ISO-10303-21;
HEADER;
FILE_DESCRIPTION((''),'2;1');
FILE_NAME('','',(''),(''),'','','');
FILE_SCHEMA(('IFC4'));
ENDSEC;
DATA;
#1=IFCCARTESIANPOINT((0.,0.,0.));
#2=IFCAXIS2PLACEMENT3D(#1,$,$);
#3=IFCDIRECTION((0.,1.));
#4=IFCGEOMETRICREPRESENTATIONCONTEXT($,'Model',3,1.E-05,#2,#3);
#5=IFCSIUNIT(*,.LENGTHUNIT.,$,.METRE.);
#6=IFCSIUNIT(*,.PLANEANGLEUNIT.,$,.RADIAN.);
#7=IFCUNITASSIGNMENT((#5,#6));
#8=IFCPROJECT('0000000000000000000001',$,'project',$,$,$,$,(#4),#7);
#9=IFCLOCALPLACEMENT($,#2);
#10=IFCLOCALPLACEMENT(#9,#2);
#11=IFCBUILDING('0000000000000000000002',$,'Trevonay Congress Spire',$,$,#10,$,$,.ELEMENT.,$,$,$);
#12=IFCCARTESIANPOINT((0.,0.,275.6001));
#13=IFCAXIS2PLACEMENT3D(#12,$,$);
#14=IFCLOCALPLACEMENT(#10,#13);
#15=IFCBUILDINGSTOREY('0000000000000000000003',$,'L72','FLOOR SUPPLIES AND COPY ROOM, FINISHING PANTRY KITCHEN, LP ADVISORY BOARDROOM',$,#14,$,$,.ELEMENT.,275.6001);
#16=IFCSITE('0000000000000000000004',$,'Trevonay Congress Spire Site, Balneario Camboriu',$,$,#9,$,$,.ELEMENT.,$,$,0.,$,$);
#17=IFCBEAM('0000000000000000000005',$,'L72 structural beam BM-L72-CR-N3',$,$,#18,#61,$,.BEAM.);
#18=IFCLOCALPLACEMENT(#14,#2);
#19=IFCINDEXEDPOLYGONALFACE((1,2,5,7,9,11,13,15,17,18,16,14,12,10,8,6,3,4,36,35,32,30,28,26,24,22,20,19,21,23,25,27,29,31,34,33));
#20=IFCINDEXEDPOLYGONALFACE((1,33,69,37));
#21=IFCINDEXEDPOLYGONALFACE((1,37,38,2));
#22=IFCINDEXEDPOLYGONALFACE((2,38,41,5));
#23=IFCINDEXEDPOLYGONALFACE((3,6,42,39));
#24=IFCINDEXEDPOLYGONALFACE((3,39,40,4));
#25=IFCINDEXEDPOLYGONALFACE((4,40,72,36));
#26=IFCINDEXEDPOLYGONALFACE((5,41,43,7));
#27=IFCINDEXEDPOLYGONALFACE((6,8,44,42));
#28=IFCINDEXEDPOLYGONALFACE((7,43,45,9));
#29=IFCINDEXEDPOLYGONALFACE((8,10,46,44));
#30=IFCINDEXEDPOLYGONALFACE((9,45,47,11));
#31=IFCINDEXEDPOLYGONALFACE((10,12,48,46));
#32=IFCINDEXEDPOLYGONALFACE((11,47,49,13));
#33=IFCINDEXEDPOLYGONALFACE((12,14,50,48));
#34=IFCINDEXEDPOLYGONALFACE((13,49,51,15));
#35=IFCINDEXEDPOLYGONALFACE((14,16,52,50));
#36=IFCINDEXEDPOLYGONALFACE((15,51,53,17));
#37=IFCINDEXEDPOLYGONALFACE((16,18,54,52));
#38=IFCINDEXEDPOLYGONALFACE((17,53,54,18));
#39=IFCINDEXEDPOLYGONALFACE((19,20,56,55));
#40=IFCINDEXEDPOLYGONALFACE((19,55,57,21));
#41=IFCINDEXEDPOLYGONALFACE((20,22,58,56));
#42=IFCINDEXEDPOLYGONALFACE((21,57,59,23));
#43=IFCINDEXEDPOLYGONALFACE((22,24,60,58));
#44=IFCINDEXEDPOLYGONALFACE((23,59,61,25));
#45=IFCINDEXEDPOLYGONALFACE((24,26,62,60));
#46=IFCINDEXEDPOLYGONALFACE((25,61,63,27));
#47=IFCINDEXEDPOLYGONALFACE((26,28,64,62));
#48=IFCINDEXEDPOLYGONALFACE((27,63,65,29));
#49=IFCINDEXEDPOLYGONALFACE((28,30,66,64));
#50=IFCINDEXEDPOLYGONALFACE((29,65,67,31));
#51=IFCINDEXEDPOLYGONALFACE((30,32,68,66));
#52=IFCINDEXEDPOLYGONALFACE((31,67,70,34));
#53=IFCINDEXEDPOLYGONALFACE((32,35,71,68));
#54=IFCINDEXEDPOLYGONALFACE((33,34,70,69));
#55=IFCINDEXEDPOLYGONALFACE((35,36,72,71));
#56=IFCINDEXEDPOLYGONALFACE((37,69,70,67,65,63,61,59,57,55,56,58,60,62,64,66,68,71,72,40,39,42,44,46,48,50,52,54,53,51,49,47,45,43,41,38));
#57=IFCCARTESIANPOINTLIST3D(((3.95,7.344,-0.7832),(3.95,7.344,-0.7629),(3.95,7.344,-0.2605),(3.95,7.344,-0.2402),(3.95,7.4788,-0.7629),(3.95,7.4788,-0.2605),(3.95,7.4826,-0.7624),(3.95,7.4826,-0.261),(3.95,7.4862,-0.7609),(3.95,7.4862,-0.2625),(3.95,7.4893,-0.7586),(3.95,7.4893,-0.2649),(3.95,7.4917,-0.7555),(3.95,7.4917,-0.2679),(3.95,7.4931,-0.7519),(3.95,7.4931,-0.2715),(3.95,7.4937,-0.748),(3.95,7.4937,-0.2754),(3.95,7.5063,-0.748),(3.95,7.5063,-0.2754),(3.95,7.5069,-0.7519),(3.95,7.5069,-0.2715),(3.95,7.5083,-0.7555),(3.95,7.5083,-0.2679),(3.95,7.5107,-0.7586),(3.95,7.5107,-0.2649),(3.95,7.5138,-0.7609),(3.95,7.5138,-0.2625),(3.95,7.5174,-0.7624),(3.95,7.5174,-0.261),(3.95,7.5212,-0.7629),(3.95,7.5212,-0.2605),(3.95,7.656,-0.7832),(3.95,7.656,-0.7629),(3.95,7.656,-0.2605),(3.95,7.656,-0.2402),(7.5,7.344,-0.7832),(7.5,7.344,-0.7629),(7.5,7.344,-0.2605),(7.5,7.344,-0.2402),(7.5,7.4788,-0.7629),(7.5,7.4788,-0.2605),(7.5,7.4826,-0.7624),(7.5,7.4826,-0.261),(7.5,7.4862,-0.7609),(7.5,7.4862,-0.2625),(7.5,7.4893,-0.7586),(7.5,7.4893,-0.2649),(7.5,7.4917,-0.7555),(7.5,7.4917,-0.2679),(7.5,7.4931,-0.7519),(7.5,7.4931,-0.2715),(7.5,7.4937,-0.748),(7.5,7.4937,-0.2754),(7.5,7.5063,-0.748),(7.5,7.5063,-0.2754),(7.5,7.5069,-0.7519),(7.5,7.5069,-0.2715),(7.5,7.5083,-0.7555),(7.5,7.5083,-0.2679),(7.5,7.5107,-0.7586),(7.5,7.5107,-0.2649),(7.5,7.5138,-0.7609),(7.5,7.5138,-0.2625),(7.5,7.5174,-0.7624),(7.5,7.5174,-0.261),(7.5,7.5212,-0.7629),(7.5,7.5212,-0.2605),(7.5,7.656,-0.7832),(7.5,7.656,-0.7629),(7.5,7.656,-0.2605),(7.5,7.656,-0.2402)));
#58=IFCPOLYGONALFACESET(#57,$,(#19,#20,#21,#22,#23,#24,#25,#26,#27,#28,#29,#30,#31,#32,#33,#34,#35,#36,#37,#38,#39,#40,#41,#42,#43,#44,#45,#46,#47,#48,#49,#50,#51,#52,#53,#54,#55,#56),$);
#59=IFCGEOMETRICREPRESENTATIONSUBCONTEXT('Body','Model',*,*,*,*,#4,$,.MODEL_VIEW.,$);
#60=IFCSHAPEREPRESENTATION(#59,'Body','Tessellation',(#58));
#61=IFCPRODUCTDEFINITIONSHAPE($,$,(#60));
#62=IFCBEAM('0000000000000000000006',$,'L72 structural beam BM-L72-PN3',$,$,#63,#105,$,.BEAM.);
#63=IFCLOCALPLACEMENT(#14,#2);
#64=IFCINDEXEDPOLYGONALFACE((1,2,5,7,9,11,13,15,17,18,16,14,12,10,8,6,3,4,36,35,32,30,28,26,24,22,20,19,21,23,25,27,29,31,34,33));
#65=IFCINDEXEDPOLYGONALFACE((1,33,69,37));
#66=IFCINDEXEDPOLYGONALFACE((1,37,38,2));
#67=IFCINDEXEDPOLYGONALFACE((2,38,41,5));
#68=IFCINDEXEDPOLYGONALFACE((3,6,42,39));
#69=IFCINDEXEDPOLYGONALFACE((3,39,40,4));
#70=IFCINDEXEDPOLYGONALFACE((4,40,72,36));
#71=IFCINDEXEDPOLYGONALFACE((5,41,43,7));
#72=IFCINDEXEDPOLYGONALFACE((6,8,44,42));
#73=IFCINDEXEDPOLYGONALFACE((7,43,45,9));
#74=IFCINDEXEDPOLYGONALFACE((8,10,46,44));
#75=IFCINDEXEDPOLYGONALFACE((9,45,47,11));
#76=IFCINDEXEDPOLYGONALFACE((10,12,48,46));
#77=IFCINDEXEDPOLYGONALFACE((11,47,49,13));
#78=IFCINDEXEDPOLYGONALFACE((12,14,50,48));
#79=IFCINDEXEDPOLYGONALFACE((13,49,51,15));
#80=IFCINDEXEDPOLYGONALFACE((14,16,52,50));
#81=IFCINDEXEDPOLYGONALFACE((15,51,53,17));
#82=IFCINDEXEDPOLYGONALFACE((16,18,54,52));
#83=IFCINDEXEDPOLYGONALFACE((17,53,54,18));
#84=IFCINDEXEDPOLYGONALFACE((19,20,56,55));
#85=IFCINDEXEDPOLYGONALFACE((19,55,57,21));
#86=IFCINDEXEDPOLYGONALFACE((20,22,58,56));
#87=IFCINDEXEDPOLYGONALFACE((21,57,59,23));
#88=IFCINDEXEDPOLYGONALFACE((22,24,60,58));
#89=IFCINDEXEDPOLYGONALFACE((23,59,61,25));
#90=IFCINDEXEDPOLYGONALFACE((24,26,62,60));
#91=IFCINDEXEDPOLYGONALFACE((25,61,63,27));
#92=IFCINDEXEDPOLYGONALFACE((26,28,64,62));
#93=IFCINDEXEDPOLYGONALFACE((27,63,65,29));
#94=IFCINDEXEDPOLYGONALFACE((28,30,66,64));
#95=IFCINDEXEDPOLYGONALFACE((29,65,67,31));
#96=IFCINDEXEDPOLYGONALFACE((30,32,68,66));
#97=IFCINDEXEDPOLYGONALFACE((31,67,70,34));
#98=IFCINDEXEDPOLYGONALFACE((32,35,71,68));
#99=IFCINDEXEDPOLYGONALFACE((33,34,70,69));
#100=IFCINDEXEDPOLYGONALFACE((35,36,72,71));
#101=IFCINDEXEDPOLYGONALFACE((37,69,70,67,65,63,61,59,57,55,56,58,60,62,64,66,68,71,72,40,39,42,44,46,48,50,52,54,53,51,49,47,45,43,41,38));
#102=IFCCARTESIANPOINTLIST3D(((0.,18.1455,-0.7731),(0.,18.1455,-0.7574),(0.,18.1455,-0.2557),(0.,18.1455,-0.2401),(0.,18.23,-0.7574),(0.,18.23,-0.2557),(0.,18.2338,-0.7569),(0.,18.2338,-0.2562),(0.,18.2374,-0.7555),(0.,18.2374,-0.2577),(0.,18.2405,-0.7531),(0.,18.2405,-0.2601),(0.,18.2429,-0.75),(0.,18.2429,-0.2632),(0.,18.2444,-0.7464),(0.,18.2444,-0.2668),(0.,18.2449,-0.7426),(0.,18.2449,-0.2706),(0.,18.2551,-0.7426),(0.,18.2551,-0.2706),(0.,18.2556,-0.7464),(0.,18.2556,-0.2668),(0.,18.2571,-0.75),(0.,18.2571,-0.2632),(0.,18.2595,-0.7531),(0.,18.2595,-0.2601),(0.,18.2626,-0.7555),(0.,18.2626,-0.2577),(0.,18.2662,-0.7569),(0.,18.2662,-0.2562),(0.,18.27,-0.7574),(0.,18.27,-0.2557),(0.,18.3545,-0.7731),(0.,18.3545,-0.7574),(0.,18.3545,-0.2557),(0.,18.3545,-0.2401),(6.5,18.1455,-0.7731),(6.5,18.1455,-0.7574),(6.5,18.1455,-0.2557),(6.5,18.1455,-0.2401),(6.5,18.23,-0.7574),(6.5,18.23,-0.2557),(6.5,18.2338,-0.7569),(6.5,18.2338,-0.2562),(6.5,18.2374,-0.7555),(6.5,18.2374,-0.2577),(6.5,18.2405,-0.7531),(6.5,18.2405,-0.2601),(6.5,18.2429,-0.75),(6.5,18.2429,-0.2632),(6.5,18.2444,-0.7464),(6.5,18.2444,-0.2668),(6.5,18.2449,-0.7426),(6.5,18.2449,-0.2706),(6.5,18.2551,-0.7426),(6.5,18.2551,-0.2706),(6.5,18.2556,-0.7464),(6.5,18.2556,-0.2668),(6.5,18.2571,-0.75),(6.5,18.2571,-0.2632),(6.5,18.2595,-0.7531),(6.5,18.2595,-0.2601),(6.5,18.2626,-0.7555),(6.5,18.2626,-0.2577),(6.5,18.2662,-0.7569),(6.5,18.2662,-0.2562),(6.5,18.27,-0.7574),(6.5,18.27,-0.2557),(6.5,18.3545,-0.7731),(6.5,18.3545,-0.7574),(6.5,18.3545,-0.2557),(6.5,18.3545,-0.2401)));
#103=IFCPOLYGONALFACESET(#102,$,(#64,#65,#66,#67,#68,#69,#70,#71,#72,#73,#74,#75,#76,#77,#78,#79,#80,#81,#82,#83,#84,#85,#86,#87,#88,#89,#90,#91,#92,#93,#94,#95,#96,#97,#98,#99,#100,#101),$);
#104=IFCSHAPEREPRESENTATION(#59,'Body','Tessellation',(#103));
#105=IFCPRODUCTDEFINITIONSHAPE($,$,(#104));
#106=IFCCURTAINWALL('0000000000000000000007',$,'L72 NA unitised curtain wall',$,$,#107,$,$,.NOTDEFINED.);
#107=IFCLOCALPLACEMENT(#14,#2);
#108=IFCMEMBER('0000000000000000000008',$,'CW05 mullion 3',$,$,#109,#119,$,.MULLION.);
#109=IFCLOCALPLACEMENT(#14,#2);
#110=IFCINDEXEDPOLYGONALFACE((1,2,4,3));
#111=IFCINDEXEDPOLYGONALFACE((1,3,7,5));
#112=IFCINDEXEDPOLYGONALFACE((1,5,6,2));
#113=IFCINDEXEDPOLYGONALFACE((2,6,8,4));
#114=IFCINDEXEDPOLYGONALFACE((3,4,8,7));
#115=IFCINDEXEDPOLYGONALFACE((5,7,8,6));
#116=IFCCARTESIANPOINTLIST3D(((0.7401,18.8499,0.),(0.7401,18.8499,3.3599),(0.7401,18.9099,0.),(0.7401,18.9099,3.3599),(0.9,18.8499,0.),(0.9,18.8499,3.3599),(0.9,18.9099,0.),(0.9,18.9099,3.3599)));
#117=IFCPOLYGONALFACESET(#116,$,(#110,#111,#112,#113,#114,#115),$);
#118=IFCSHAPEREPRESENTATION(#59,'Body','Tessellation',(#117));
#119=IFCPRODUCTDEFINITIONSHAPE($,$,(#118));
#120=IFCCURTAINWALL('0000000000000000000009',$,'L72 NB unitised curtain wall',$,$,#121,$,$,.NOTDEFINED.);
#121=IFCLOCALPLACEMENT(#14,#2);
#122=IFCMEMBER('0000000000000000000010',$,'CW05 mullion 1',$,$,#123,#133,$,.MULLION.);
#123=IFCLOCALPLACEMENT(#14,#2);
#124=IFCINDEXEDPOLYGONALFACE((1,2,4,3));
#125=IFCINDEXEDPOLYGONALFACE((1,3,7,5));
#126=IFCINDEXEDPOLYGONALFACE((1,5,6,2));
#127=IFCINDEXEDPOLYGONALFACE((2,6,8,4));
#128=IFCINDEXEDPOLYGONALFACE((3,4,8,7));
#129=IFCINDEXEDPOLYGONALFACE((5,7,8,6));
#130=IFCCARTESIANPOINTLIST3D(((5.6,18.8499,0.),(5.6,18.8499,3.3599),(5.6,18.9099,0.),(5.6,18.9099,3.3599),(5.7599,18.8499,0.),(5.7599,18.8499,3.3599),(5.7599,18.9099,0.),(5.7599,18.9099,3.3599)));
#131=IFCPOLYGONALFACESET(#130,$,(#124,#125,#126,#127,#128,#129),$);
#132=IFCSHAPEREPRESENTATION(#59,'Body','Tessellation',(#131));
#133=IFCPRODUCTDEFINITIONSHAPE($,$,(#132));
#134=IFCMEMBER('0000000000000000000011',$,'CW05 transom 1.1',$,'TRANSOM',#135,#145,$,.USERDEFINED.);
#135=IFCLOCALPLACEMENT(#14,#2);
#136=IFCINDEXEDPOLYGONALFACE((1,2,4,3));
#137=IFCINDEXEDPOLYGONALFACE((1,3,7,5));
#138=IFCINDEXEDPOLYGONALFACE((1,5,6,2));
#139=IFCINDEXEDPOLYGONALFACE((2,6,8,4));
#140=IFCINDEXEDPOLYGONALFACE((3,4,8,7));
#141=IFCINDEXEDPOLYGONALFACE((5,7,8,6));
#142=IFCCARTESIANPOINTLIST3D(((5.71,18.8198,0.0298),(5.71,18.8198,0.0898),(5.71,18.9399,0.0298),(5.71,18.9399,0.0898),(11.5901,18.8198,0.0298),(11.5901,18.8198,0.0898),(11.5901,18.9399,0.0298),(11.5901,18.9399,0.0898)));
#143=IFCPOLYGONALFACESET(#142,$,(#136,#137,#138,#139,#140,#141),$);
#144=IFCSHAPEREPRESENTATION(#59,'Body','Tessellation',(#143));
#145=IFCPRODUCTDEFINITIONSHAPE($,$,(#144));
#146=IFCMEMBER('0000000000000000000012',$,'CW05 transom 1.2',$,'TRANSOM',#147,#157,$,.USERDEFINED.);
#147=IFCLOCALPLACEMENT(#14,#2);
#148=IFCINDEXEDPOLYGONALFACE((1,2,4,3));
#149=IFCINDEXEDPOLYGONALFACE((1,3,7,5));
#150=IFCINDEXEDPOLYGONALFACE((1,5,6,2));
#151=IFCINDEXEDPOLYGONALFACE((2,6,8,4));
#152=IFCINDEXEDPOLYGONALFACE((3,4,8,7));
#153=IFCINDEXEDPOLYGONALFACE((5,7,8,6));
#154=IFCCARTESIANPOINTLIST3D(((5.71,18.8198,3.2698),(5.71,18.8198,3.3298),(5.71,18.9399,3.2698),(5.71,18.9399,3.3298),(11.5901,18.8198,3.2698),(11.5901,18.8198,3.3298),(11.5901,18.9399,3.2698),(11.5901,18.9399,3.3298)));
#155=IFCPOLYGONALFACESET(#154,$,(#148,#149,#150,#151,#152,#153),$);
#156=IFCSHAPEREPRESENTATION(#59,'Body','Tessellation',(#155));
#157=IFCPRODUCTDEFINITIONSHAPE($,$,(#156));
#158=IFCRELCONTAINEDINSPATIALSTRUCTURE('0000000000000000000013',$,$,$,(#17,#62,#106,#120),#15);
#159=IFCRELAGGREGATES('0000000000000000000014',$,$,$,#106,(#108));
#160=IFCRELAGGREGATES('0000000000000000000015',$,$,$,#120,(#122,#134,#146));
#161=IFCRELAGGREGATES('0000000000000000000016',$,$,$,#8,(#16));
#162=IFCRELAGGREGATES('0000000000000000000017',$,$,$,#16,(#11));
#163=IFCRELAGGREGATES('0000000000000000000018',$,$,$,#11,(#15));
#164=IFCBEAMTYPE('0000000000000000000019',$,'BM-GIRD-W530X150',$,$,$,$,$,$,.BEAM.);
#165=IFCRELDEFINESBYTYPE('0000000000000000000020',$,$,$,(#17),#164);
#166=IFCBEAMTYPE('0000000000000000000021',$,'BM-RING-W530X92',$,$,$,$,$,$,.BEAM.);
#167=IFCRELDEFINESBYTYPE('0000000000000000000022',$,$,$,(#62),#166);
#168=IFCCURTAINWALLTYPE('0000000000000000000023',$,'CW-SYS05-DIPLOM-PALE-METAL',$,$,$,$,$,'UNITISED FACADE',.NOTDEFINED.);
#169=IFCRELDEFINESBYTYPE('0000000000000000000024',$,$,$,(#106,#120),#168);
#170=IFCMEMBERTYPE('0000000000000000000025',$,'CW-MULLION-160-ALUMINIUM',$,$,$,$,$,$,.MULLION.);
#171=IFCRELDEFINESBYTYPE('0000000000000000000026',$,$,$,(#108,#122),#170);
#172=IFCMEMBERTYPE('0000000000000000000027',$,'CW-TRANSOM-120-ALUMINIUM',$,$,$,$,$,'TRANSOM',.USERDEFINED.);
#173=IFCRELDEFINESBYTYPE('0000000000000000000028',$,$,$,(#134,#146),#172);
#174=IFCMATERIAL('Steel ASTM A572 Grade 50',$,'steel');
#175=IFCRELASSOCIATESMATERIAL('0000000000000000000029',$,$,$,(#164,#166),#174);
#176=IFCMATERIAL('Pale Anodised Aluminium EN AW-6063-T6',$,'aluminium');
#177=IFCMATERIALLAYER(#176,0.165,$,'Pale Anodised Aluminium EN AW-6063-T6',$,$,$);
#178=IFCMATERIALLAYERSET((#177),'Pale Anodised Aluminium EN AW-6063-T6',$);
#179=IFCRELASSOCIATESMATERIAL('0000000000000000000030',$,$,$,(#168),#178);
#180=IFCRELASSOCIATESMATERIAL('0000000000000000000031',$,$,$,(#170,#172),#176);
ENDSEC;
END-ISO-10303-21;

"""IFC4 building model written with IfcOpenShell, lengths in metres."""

from ifc_helpers import new_model, si_unit, direction, frame, origin, origin_2d, place, context, subcontext, project, spatial, rectangle, i_section, extrude, material, layer, layer_set, material_profile, profile_set, type_object, element, aggregate, save


model = new_model("IFC4")

# Units and contexts
model_context = context("Model", 3, precision=1e-05, world=origin(), true_north=direction((0.0, 1.0)))
body_context = subcontext(model_context, "Body", "Model", "MODEL_VIEW")
ifc_project = project(units=[si_unit("LENGTHUNIT", "METRE"), si_unit("PLANEANGLEUNIT", "RADIAN")], contexts=[model_context])

# Site, building, storey
site_placement = place(None, origin())
site = spatial("IfcSite", under=ifc_project, at=site_placement, Name="Trevonay Congress Spire Site, Balneario Camboriu", CompositionType="ELEMENT", RefElevation=0.0)
building_placement = place(site_placement, origin())
building = spatial("IfcBuilding", under=site, at=building_placement, Name="Trevonay Congress Spire", CompositionType="ELEMENT")
storey_placement = place(building_placement, frame((0.0, 0.0, 275.6001)))
storey = spatial("IfcBuildingStorey", under=building, at=storey_placement, Name="L72", Description="FLOOR SUPPLIES AND COPY ROOM, FINISHING PANTRY KITCHEN, LP ADVISORY BOARDROOM", CompositionType="ELEMENT", Elevation=275.6001)

# Shared definitions
ifc_material_1 = material(Name="Steel ASTM A572 Grade 50", Category="steel")

# Beams
ifc_material_profile_1 = material_profile(ifc_material_1, i_section(OverallWidth=0.312, OverallDepth=0.543, WebThickness=0.0127, FlangeThickness=0.0203, FilletRadius=0.0149, at=origin_2d()), Name="W530x150")
ifc_profile_set_1 = profile_set([ifc_material_profile_1], Name="Steel ASTM A572 Grade 50")
beam_type_1 = type_object("IfcBeamType", Name="BM-GIRD-W530X150", PredefinedType="BEAM", material=ifc_profile_set_1)
beam_1_placement = place(storey_placement, frame((3.95, 7.5, -0.5117), z_axis=(1.0, 0.0, 0.0), x_axis=(0.0, 1.0, 0.0)))
element("IfcBeam", 1, at=beam_1_placement, inside=storey, type_object=beam_type_1, Name="L72 structural beam BM-L72-CR-N3", PredefinedType="BEAM", context=body_context, shape_type="SweptSolid", body=[
    extrude(i_section(OverallWidth=0.312, OverallDepth=0.543, WebThickness=0.0127, FlangeThickness=0.0203, FilletRadius=0.0149, at=origin_2d()), origin(), (0.0, 0.0, 1.0), 3.55),
])
ifc_material_profile_2 = material_profile(ifc_material_1, i_section(OverallWidth=0.209, OverallDepth=0.533, WebThickness=0.0103, FlangeThickness=0.0156, FilletRadius=0.0149, at=origin_2d()), Name="W530x92")
ifc_profile_set_2 = profile_set([ifc_material_profile_2], Name="Steel ASTM A572 Grade 50")
beam_type_2 = type_object("IfcBeamType", Name="BM-RING-W530X92", PredefinedType="BEAM", material=ifc_profile_set_2)
beam_2_placement = place(storey_placement, frame((0.0, 18.25, -0.5066), z_axis=(1.0, 0.0, 0.0), x_axis=(0.0, 1.0, 0.0)))
element("IfcBeam", 2, at=beam_2_placement, inside=storey, type_object=beam_type_2, Name="L72 structural beam BM-L72-PN3", PredefinedType="BEAM", context=body_context, shape_type="SweptSolid", body=[
    extrude(i_section(OverallWidth=0.209, OverallDepth=0.533, WebThickness=0.0103, FlangeThickness=0.0156, FilletRadius=0.0149, at=origin_2d()), origin(), (0.0, 0.0, 1.0), 6.5),
])

# Curtain wall, member
ifc_material_2 = material(Name="Pale Anodised Aluminium EN AW-6063-T6", Category="aluminium")
ifc_layer_1 = layer(ifc_material_2, 0.165, Name="Pale Anodised Aluminium EN AW-6063-T6")
ifc_layer_set_1 = layer_set([ifc_layer_1], Name="Pale Anodised Aluminium EN AW-6063-T6")
curtain_wall_type = type_object("IfcCurtainWallType", Name="CW-SYS05-DIPLOM-PALE-METAL", ElementType="UNITISED FACADE", PredefinedType="NOTDEFINED", material=ifc_layer_set_1)
curtain_wall_1_placement = place(storey_placement, origin())
curtain_wall_1 = element("IfcCurtainWall", 3, at=curtain_wall_1_placement, inside=storey, type_object=curtain_wall_type, Name="L72 NA unitised curtain wall", PredefinedType="NOTDEFINED")
ifc_material_profile_3 = material_profile(ifc_material_2, rectangle(XDim=0.0601, YDim=0.1599, at=origin_2d()), Name="CW-MULLION-160-ALUMINIUM")
ifc_profile_set_3 = profile_set([ifc_material_profile_3], Name="Pale Anodised Aluminium EN AW-6063-T6")
member_type_1 = type_object("IfcMemberType", Name="CW-MULLION-160-ALUMINIUM", PredefinedType="MULLION", material=ifc_profile_set_3)
member_1_placement = place(storey_placement, frame((0.8201, 18.8799, 0.0), z_axis=(0.0, 0.0, 1.0), x_axis=(0.0, 1.0, 0.0)))
member_1 = element("IfcMember", 4, at=member_1_placement, type_object=member_type_1, Name="CW05 mullion 3", PredefinedType="MULLION", context=body_context, shape_type="SweptSolid", body=[
    extrude(rectangle(XDim=0.0601, YDim=0.1599, at=origin_2d()), origin(), (0.0, 0.0, 1.0), 3.3599),
])
aggregate(curtain_wall_1, [member_1])

# Curtain wall, members
curtain_wall_2_placement = place(storey_placement, origin())
curtain_wall_2 = element("IfcCurtainWall", 5, at=curtain_wall_2_placement, inside=storey, type_object=curtain_wall_type, Name="L72 NB unitised curtain wall", PredefinedType="NOTDEFINED")
member_2_placement = place(storey_placement, frame((5.6799, 18.8799, 0.0), z_axis=(0.0, 0.0, 1.0), x_axis=(0.0, 1.0, 0.0)))
member_2 = element("IfcMember", 6, at=member_2_placement, type_object=member_type_1, Name="CW05 mullion 1", PredefinedType="MULLION", context=body_context, shape_type="SweptSolid", body=[
    extrude(rectangle(XDim=0.0601, YDim=0.1599, at=origin_2d()), origin(), (0.0, 0.0, 1.0), 3.3599),
])
ifc_material_profile_4 = material_profile(ifc_material_2, rectangle(XDim=0.1201, YDim=0.0601, at=origin_2d()), Name="CW-TRANSOM-120-ALUMINIUM")
ifc_profile_set_4 = profile_set([ifc_material_profile_4], Name="Pale Anodised Aluminium EN AW-6063-T6")
member_type_2 = type_object("IfcMemberType", Name="CW-TRANSOM-120-ALUMINIUM", ElementType="TRANSOM", PredefinedType="USERDEFINED", material=ifc_profile_set_4)
member_3_placement = place(storey_placement, frame((5.71, 18.8799, 0.0598), z_axis=(1.0, 0.0, 0.0), x_axis=(0.0, 1.0, 0.0)))
member_3 = element("IfcMember", 7, at=member_3_placement, type_object=member_type_2, Name="CW05 transom 1.1", ObjectType="TRANSOM", PredefinedType="USERDEFINED", context=body_context, shape_type="SweptSolid", body=[
    extrude(rectangle(XDim=0.1201, YDim=0.0601, at=origin_2d()), origin(), (0.0, 0.0, 1.0), 5.8801),
])
member_4_placement = place(storey_placement, frame((5.71, 18.8799, 3.2998), z_axis=(1.0, 0.0, 0.0), x_axis=(0.0, 1.0, 0.0)))
member_4 = element("IfcMember", 8, at=member_4_placement, type_object=member_type_2, Name="CW05 transom 1.2", ObjectType="TRANSOM", PredefinedType="USERDEFINED", context=body_context, shape_type="SweptSolid", body=[
    extrude(rectangle(XDim=0.1201, YDim=0.0601, at=origin_2d()), origin(), (0.0, 0.0, 1.0), 5.8801),
])
aggregate(curtain_wall_2, [member_2, member_3, member_4])

save(model, "model.ifc")
